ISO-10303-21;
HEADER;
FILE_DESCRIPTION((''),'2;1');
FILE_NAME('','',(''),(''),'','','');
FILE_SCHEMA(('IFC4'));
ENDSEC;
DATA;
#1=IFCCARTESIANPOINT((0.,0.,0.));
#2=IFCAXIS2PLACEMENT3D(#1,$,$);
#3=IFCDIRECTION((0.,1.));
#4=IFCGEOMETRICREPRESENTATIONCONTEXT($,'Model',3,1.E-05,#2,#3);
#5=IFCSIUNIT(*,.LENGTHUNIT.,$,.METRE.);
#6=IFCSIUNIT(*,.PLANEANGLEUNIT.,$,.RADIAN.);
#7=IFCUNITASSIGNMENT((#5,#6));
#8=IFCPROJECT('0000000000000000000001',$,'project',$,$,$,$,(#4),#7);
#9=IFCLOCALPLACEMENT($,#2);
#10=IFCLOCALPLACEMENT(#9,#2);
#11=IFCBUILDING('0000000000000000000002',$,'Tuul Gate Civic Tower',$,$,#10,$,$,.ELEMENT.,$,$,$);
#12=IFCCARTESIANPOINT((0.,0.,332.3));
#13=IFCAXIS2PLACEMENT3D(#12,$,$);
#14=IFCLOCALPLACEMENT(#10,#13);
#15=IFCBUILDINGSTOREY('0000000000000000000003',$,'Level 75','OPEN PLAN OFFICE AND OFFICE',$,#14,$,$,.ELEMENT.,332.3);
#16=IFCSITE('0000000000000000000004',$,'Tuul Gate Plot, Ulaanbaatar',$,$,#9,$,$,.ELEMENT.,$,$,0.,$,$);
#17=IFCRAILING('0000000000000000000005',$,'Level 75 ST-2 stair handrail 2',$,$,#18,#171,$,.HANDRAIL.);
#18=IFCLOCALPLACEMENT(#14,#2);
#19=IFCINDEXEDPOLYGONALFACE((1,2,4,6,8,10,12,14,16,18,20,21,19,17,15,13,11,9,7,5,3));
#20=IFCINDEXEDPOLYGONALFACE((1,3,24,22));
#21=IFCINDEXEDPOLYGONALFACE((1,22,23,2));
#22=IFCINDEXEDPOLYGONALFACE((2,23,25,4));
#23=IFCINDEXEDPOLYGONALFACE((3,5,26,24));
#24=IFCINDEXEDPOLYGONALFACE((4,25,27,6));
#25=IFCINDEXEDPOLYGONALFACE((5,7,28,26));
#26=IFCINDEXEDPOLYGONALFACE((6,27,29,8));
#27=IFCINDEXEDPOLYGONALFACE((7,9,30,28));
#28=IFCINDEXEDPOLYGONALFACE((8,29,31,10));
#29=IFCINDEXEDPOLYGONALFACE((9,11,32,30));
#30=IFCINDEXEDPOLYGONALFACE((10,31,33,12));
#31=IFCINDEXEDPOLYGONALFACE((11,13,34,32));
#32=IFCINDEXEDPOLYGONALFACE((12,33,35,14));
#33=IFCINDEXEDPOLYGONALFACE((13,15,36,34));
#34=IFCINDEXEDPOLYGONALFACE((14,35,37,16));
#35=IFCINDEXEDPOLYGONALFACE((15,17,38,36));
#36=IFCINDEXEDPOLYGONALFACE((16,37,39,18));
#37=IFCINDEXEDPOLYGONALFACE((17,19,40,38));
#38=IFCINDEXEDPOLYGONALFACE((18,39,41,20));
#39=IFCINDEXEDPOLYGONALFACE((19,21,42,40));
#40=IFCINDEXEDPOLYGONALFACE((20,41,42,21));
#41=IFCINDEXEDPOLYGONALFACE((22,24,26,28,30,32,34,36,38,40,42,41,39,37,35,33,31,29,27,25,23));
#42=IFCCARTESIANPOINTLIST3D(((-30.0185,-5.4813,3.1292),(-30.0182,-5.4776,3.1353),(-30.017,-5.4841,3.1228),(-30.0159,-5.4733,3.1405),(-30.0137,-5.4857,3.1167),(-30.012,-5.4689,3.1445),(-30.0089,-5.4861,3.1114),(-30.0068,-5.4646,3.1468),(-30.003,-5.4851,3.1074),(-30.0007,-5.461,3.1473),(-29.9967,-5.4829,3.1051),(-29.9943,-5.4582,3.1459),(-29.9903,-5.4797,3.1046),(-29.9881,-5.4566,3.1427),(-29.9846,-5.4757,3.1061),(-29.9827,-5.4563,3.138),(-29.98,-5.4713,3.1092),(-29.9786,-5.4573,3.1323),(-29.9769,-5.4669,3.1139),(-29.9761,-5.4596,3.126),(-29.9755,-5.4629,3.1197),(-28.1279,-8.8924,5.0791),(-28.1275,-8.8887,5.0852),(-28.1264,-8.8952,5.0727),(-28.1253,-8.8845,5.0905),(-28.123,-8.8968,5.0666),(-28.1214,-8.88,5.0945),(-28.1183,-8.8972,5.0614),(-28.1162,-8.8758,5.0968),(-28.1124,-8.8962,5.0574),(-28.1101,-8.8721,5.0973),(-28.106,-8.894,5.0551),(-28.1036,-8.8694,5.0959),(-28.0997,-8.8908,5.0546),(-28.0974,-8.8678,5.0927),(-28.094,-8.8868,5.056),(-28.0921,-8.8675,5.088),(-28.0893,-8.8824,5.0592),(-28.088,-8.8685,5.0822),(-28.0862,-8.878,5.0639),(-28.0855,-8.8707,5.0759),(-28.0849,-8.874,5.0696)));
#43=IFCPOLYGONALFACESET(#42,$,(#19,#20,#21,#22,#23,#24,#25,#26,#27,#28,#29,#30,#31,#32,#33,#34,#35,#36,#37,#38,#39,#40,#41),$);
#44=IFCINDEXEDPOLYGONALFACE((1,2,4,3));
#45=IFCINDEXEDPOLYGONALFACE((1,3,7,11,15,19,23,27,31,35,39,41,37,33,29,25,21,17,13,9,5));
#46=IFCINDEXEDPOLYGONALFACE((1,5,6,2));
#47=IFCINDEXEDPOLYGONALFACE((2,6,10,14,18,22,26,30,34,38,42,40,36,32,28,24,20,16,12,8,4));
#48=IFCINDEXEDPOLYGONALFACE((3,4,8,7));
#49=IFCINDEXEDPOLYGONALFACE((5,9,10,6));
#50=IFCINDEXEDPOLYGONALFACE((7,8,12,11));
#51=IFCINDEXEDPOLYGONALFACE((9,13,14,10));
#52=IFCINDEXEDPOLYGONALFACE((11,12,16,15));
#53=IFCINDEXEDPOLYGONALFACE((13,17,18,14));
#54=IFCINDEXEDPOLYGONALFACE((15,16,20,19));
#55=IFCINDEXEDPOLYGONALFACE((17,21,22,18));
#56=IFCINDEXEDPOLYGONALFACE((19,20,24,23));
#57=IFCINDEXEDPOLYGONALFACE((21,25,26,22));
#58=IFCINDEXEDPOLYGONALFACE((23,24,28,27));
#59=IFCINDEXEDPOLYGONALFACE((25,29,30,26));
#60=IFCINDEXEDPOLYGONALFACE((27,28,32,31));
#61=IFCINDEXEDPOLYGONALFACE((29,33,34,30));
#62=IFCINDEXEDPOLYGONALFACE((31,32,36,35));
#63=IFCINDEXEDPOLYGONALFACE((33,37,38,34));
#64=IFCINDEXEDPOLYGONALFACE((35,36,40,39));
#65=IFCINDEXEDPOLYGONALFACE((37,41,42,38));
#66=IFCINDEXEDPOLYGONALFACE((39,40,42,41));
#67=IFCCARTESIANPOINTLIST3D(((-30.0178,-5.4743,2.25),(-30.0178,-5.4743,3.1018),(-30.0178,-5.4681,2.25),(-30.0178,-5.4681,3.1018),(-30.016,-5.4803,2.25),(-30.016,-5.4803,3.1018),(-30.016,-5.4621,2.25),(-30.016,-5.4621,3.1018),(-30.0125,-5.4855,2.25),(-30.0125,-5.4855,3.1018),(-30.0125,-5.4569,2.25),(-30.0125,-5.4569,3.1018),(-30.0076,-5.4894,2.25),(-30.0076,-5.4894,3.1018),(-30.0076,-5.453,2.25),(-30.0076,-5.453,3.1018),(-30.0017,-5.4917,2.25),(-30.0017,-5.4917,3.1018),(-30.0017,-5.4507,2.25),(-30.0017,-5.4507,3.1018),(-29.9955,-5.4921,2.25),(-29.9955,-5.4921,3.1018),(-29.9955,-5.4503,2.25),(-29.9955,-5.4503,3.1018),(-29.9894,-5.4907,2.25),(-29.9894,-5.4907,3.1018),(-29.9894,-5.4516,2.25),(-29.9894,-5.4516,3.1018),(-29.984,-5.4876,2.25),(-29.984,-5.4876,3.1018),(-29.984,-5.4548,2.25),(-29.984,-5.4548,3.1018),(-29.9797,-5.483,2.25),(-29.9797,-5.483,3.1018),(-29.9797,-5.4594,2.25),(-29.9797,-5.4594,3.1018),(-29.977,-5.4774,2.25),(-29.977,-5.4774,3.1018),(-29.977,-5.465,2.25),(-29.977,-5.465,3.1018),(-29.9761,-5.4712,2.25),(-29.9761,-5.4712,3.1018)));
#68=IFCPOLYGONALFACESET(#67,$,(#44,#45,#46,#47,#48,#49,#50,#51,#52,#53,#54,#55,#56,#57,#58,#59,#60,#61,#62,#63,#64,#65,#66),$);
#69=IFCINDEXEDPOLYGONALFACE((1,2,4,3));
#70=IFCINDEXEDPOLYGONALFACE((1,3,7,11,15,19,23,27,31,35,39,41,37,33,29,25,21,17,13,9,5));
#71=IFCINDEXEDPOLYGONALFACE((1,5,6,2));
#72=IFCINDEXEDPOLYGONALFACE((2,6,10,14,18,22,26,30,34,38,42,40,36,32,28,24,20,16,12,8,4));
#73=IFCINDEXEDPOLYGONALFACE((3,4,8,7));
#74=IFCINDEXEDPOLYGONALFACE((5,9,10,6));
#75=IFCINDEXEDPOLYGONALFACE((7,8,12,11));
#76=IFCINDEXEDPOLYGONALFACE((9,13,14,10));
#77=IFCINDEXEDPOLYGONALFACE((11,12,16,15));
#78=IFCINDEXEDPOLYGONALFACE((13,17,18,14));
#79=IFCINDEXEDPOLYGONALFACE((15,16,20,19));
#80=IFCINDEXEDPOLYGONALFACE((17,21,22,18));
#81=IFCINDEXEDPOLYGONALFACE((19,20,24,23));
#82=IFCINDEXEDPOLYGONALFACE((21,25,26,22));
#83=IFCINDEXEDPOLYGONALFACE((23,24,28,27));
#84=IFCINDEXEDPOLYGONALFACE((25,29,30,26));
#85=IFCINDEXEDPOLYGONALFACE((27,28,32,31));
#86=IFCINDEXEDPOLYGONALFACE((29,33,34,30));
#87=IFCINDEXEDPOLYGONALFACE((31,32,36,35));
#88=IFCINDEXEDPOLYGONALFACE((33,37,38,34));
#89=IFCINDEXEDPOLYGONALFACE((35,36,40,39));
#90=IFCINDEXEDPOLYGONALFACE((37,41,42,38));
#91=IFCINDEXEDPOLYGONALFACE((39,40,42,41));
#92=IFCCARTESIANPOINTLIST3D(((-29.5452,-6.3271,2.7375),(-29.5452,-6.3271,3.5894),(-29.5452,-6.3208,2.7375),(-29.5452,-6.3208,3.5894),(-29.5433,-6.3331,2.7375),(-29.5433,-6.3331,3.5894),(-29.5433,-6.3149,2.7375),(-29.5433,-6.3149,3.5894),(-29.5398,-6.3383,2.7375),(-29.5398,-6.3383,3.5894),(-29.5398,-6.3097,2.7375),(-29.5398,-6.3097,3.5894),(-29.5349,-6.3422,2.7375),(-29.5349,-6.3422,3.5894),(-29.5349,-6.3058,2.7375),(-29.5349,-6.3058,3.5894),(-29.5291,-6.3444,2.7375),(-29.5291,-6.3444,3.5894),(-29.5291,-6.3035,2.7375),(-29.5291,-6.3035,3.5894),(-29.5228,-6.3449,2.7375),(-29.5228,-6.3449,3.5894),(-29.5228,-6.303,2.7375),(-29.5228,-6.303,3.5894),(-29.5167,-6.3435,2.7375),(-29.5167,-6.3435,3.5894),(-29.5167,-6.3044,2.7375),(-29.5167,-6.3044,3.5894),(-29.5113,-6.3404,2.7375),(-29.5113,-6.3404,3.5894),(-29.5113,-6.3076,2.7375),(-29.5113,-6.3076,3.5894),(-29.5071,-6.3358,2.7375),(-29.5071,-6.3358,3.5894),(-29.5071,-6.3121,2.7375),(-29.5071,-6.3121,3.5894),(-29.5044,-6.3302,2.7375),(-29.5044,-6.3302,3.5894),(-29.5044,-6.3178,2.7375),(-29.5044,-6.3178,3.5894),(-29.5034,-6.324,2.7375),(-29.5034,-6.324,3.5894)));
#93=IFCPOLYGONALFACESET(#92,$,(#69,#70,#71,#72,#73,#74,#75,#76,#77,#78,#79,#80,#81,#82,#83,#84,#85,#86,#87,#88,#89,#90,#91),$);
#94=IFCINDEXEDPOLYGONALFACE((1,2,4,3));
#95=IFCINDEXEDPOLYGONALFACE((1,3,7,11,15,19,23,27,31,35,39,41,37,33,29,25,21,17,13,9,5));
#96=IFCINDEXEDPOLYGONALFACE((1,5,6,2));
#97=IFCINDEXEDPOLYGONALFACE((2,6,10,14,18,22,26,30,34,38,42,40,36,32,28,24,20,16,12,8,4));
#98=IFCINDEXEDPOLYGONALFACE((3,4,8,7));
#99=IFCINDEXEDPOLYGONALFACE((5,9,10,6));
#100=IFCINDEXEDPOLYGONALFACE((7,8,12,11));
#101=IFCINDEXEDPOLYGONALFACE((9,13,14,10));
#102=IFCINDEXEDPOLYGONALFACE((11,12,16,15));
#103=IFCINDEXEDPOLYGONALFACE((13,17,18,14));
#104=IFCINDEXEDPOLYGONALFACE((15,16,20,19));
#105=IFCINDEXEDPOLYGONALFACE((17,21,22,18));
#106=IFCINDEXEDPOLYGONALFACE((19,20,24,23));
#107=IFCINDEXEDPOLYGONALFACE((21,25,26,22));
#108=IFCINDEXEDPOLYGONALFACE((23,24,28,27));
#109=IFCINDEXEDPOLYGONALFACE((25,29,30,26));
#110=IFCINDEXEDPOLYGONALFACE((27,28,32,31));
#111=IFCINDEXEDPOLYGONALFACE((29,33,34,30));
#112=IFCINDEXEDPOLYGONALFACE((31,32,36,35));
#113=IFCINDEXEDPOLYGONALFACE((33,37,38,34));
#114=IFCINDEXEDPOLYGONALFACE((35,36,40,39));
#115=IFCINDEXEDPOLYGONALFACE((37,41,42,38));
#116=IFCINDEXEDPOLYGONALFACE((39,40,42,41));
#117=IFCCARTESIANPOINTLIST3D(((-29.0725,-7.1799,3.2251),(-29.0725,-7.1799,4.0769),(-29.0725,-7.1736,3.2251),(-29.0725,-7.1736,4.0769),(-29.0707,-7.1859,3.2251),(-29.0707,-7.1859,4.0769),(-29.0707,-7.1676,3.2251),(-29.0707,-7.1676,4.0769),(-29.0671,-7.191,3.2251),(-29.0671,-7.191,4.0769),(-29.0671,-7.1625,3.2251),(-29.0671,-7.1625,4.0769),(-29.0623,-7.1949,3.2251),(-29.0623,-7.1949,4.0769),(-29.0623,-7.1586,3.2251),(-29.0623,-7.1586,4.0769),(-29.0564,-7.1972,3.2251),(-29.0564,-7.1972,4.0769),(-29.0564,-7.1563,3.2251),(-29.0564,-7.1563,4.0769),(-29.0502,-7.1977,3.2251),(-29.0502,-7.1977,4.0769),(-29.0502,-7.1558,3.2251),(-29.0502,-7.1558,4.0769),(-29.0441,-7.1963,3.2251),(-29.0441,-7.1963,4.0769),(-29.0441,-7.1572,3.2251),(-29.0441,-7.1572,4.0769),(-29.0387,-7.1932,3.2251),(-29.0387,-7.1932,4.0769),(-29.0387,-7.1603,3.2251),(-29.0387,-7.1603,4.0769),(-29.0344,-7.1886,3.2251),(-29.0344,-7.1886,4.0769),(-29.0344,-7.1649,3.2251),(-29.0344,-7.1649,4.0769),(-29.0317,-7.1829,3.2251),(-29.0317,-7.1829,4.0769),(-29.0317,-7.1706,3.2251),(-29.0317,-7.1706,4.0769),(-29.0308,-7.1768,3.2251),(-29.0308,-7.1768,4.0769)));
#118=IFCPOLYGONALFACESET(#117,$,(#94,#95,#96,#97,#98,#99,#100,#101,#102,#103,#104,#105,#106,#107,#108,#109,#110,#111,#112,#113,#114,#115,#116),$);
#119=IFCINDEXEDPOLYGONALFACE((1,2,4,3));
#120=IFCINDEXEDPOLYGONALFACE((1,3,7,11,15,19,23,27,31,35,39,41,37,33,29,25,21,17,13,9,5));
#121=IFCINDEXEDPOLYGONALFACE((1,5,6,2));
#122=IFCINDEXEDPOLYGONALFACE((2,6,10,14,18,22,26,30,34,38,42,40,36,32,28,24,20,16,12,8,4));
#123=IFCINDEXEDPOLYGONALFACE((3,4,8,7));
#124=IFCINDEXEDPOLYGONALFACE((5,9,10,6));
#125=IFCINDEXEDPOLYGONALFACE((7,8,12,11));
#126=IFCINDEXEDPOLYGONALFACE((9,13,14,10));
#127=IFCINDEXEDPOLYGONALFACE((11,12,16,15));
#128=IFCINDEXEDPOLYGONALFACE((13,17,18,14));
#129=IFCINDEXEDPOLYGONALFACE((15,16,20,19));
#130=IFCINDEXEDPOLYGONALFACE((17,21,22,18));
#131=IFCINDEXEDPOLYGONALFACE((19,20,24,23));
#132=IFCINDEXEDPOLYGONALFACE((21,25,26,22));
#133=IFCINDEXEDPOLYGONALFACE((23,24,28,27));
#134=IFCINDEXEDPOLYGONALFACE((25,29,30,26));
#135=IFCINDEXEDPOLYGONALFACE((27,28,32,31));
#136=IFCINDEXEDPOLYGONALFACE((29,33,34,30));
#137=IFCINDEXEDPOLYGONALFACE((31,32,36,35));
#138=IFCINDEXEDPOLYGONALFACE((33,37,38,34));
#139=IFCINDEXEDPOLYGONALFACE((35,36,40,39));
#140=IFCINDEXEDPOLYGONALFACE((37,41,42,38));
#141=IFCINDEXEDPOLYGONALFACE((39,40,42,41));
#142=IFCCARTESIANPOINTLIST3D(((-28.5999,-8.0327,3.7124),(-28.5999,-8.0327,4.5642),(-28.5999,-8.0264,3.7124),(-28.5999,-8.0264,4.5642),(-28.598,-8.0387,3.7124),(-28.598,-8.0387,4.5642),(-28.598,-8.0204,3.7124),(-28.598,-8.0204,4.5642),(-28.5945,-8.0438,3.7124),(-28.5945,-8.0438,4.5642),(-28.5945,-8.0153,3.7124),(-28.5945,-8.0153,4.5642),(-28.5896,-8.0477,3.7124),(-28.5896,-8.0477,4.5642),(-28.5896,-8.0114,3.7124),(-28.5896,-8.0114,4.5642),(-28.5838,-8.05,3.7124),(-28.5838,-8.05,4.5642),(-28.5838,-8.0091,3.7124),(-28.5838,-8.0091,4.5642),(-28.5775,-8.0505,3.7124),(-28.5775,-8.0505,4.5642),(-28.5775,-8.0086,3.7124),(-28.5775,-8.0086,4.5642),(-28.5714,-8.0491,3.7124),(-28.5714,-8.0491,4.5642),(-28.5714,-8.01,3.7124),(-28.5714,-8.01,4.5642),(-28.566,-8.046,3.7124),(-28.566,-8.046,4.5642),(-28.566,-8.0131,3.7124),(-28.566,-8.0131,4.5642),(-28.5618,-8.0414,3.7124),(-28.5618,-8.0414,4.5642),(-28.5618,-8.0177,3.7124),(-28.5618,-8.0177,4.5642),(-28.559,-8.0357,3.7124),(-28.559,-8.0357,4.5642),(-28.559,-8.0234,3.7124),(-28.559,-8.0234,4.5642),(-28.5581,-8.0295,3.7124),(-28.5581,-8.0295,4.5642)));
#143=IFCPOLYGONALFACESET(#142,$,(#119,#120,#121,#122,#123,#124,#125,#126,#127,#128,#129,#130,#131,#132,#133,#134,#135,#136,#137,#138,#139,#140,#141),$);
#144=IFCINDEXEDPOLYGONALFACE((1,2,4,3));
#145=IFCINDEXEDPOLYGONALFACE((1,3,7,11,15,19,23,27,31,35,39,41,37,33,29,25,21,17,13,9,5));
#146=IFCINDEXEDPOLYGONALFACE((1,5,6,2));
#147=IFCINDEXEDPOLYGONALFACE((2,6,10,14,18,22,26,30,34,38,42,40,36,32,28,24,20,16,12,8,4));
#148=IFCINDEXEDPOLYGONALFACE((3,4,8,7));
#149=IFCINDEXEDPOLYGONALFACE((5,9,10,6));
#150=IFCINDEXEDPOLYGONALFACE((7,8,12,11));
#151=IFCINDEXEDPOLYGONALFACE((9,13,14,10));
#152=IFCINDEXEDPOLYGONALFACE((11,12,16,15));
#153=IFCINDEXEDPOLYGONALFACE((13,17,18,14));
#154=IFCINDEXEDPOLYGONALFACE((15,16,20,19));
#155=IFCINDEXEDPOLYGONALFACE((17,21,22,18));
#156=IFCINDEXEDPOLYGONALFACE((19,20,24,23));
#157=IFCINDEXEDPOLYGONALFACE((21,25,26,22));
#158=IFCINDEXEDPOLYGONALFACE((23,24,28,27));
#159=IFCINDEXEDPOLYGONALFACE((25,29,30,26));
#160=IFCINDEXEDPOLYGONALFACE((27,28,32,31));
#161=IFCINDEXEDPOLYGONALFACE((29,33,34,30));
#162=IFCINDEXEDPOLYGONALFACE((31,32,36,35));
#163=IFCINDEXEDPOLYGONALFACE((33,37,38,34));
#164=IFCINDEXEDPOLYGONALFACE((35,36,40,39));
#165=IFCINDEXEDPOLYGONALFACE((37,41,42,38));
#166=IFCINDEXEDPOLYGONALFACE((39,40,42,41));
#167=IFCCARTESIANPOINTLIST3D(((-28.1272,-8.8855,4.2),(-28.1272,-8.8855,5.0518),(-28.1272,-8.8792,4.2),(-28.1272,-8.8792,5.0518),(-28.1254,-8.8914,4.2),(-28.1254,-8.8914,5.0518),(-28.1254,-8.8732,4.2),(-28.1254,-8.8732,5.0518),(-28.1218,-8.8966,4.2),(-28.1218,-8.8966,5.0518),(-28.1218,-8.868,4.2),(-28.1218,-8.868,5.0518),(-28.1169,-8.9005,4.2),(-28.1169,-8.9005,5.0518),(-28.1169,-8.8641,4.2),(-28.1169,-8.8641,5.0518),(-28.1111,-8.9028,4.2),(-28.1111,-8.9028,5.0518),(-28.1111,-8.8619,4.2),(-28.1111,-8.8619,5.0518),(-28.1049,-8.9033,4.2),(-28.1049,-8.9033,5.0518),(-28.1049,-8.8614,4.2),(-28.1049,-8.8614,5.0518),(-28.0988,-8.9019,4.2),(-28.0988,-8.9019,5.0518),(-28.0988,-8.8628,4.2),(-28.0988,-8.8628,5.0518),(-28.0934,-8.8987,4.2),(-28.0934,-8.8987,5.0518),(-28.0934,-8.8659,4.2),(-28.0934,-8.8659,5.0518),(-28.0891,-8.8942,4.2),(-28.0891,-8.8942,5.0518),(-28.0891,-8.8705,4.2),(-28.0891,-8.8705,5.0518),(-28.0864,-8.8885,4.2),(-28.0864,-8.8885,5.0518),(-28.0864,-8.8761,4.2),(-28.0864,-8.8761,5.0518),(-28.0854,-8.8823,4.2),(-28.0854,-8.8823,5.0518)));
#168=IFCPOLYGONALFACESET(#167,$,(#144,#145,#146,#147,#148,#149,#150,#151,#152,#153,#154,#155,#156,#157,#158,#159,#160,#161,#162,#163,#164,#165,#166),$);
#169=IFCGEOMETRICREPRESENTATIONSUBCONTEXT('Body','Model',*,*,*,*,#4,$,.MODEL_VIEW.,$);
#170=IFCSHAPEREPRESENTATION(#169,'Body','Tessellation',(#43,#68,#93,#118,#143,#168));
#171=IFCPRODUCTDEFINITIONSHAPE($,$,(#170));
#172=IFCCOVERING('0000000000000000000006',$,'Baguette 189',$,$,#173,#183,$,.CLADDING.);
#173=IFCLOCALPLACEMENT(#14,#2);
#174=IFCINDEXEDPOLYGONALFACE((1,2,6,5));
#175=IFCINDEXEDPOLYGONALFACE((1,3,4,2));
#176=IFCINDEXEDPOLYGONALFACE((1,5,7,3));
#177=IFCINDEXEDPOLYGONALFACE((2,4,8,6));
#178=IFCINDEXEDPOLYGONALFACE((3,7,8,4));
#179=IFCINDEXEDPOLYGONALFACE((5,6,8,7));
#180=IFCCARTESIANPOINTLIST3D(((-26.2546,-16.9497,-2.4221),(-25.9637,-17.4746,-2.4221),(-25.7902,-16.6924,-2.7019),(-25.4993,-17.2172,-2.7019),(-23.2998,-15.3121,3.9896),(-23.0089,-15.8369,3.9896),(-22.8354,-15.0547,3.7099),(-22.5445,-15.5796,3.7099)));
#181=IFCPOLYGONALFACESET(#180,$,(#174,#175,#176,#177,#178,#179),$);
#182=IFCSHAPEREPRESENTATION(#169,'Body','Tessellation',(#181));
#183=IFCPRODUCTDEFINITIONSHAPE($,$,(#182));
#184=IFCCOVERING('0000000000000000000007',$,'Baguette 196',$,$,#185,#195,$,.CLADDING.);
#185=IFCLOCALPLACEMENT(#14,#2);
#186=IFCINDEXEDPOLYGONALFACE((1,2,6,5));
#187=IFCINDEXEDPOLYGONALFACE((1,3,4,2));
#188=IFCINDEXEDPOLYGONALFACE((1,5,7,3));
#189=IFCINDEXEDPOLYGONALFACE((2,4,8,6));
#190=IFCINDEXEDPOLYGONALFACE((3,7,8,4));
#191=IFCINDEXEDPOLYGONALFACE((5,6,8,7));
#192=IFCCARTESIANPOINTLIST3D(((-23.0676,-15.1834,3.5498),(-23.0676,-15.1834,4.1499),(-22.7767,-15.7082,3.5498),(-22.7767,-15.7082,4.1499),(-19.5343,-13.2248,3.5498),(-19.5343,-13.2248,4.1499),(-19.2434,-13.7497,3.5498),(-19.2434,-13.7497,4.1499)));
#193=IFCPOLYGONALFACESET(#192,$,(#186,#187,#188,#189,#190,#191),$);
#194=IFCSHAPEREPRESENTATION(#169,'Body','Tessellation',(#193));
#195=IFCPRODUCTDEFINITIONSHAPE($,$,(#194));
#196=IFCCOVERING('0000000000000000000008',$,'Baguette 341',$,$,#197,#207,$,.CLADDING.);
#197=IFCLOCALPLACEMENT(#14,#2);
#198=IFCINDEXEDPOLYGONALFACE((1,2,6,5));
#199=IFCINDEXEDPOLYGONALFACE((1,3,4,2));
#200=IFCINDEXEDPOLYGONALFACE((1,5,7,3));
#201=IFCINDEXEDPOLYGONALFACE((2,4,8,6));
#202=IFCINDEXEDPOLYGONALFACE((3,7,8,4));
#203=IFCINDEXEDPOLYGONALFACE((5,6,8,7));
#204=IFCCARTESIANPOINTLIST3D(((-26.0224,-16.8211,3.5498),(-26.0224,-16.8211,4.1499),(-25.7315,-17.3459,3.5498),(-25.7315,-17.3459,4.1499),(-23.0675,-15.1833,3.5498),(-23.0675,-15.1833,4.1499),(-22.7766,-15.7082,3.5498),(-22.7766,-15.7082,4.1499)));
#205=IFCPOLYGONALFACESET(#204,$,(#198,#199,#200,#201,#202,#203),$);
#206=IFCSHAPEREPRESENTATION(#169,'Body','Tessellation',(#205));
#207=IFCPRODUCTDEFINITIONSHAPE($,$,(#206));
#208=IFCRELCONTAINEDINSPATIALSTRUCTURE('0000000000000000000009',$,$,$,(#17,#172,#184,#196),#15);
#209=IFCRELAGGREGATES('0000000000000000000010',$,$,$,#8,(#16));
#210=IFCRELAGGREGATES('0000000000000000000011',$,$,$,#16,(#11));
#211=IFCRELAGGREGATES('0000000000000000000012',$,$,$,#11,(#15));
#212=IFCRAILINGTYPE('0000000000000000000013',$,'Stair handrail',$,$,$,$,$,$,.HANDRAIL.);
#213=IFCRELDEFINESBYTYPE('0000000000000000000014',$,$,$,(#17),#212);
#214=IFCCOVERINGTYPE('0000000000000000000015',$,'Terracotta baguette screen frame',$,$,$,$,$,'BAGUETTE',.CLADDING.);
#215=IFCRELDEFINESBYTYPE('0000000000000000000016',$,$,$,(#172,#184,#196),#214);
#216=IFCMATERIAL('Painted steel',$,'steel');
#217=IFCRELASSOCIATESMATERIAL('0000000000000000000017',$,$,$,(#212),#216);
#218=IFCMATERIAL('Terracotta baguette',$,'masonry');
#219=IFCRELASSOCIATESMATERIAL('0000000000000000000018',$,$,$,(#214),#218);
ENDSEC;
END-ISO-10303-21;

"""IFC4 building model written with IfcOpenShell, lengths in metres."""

from ifc_helpers import new_model, si_unit, direction, frame, origin, origin_2d, place, context, subcontext, project, spatial, rectangle, circle, extrude, material, material_profile, profile_set, type_object, element, save


model = new_model("IFC4")

# Units and contexts
model_context = context("Model", 3, precision=1e-05, world=origin(), true_north=direction((0.0, 1.0)))
body_context = subcontext(model_context, "Body", "Model", "MODEL_VIEW")
ifc_project = project(units=[si_unit("LENGTHUNIT", "METRE"), si_unit("PLANEANGLEUNIT", "RADIAN")], contexts=[model_context])

# Site, building, storey
site_placement = place(None, origin())
site = spatial("IfcSite", under=ifc_project, at=site_placement, Name="Tuul Gate Plot, Ulaanbaatar", CompositionType="ELEMENT", RefElevation=0.0)
building_placement = place(site_placement, origin())
building = spatial("IfcBuilding", under=site, at=building_placement, Name="Tuul Gate Civic Tower", CompositionType="ELEMENT")
storey_placement = place(building_placement, frame((0.0, 0.0, 332.3)))
storey = spatial("IfcBuildingStorey", under=building, at=storey_placement, Name="Level 75", Description="OPEN PLAN OFFICE AND OFFICE", CompositionType="ELEMENT", Elevation=332.3)

# Railing
ifc_material_1 = material(Name="Painted steel", Category="steel")
railing_type_1 = type_object("IfcRailingType", Name="Stair handrail", PredefinedType="HANDRAIL", material=ifc_material_1)
railing_1_placement = place(storey_placement, frame((-29.9971, -5.4712, 2.25)))
element("IfcRailing", 1, at=railing_1_placement, inside=storey, type_object=railing_type_1, Name="Level 75 ST-2 stair handrail 2", PredefinedType="HANDRAIL", context=body_context, shape_type="SweptSolid", body=[
    extrude(circle(Radius=0.0239, at=origin_2d()), frame((0.0, 0.0, 0.876), z_axis=(0.433595, -0.782308, 0.447201), x_axis=(0.874641, 0.484771, 0.0)), (0.0, 0.0, 1.0), 4.3604),
    extrude(circle(Radius=0.021, at=origin_2d()), origin(), (0.0, 0.0, 1.0), 0.8518),
    extrude(circle(Radius=0.021, at=origin_2d()), frame((0.4727, -0.8528, 0.4875)), (0.0, 0.0, 1.0), 0.8518),
    extrude(circle(Radius=0.021, at=origin_2d()), frame((0.9453, -1.7056, 0.9751)), (0.0, 0.0, 1.0), 0.8518),
    extrude(circle(Radius=0.021, at=origin_2d()), frame((1.418, -2.5583, 1.4624)), (0.0, 0.0, 1.0), 0.8518),
    extrude(circle(Radius=0.021, at=origin_2d()), frame((1.8906, -3.4111, 1.95)), (0.0, 0.0, 1.0), 0.8518),
])

# Coverings
ifc_material_2 = material(Name="Terracotta baguette", Category="masonry")
ifc_material_profile_1 = material_profile(ifc_material_2, rectangle(XDim=0.6001, YDim=0.6001, at=origin_2d()), Name="Terracotta baguette screen frame")
ifc_profile_set_1 = profile_set([ifc_material_profile_1], Name="Terracotta baguette")
covering_type = type_object("IfcCoveringType", Name="Terracotta baguette screen frame", ElementType="BAGUETTE", PredefinedType="CLADDING", material=ifc_profile_set_1)
covering_1_placement = place(storey_placement, frame((-25.877, -17.0835, -2.562), z_axis=(0.407708, 0.225969, 0.88471), x_axis=(-0.484765, 0.874644, 0.0)))
element("IfcCovering", 2, at=covering_1_placement, inside=storey, type_object=covering_type, Name="Baguette 189", PredefinedType="CLADDING", context=body_context, shape_type="SweptSolid", body=[
    extrude(rectangle(XDim=0.6001, YDim=0.6001, at=origin_2d()), origin(), (0.0, 0.0, 1.0), 7.2473),
])
covering_2_placement = place(storey_placement, frame((-22.9221, -15.4458, 3.8499), z_axis=(0.874619, 0.484811, 0.0), x_axis=(-0.484811, 0.874619, 0.0)))
element("IfcCovering", 3, at=covering_2_placement, inside=storey, type_object=covering_type, Name="Baguette 196", PredefinedType="CLADDING", context=body_context, shape_type="SweptSolid", body=[
    extrude(rectangle(XDim=0.6001, YDim=0.6001, at=origin_2d()), origin(), (0.0, 0.0, 1.0), 4.0398),
])
covering_3_placement = place(storey_placement, frame((-25.877, -17.0835, 3.8499), z_axis=(0.874644, 0.484765, 0.0), x_axis=(-0.484765, 0.874644, 0.0)))
element("IfcCovering", 4, at=covering_3_placement, inside=storey, type_object=covering_type, Name="Baguette 341", PredefinedType="CLADDING", context=body_context, shape_type="SweptSolid", body=[
    extrude(rectangle(XDim=0.6001, YDim=0.6001, at=origin_2d()), origin(), (0.0, 0.0, 1.0), 3.3784),
])

save(model, "model.ifc")
